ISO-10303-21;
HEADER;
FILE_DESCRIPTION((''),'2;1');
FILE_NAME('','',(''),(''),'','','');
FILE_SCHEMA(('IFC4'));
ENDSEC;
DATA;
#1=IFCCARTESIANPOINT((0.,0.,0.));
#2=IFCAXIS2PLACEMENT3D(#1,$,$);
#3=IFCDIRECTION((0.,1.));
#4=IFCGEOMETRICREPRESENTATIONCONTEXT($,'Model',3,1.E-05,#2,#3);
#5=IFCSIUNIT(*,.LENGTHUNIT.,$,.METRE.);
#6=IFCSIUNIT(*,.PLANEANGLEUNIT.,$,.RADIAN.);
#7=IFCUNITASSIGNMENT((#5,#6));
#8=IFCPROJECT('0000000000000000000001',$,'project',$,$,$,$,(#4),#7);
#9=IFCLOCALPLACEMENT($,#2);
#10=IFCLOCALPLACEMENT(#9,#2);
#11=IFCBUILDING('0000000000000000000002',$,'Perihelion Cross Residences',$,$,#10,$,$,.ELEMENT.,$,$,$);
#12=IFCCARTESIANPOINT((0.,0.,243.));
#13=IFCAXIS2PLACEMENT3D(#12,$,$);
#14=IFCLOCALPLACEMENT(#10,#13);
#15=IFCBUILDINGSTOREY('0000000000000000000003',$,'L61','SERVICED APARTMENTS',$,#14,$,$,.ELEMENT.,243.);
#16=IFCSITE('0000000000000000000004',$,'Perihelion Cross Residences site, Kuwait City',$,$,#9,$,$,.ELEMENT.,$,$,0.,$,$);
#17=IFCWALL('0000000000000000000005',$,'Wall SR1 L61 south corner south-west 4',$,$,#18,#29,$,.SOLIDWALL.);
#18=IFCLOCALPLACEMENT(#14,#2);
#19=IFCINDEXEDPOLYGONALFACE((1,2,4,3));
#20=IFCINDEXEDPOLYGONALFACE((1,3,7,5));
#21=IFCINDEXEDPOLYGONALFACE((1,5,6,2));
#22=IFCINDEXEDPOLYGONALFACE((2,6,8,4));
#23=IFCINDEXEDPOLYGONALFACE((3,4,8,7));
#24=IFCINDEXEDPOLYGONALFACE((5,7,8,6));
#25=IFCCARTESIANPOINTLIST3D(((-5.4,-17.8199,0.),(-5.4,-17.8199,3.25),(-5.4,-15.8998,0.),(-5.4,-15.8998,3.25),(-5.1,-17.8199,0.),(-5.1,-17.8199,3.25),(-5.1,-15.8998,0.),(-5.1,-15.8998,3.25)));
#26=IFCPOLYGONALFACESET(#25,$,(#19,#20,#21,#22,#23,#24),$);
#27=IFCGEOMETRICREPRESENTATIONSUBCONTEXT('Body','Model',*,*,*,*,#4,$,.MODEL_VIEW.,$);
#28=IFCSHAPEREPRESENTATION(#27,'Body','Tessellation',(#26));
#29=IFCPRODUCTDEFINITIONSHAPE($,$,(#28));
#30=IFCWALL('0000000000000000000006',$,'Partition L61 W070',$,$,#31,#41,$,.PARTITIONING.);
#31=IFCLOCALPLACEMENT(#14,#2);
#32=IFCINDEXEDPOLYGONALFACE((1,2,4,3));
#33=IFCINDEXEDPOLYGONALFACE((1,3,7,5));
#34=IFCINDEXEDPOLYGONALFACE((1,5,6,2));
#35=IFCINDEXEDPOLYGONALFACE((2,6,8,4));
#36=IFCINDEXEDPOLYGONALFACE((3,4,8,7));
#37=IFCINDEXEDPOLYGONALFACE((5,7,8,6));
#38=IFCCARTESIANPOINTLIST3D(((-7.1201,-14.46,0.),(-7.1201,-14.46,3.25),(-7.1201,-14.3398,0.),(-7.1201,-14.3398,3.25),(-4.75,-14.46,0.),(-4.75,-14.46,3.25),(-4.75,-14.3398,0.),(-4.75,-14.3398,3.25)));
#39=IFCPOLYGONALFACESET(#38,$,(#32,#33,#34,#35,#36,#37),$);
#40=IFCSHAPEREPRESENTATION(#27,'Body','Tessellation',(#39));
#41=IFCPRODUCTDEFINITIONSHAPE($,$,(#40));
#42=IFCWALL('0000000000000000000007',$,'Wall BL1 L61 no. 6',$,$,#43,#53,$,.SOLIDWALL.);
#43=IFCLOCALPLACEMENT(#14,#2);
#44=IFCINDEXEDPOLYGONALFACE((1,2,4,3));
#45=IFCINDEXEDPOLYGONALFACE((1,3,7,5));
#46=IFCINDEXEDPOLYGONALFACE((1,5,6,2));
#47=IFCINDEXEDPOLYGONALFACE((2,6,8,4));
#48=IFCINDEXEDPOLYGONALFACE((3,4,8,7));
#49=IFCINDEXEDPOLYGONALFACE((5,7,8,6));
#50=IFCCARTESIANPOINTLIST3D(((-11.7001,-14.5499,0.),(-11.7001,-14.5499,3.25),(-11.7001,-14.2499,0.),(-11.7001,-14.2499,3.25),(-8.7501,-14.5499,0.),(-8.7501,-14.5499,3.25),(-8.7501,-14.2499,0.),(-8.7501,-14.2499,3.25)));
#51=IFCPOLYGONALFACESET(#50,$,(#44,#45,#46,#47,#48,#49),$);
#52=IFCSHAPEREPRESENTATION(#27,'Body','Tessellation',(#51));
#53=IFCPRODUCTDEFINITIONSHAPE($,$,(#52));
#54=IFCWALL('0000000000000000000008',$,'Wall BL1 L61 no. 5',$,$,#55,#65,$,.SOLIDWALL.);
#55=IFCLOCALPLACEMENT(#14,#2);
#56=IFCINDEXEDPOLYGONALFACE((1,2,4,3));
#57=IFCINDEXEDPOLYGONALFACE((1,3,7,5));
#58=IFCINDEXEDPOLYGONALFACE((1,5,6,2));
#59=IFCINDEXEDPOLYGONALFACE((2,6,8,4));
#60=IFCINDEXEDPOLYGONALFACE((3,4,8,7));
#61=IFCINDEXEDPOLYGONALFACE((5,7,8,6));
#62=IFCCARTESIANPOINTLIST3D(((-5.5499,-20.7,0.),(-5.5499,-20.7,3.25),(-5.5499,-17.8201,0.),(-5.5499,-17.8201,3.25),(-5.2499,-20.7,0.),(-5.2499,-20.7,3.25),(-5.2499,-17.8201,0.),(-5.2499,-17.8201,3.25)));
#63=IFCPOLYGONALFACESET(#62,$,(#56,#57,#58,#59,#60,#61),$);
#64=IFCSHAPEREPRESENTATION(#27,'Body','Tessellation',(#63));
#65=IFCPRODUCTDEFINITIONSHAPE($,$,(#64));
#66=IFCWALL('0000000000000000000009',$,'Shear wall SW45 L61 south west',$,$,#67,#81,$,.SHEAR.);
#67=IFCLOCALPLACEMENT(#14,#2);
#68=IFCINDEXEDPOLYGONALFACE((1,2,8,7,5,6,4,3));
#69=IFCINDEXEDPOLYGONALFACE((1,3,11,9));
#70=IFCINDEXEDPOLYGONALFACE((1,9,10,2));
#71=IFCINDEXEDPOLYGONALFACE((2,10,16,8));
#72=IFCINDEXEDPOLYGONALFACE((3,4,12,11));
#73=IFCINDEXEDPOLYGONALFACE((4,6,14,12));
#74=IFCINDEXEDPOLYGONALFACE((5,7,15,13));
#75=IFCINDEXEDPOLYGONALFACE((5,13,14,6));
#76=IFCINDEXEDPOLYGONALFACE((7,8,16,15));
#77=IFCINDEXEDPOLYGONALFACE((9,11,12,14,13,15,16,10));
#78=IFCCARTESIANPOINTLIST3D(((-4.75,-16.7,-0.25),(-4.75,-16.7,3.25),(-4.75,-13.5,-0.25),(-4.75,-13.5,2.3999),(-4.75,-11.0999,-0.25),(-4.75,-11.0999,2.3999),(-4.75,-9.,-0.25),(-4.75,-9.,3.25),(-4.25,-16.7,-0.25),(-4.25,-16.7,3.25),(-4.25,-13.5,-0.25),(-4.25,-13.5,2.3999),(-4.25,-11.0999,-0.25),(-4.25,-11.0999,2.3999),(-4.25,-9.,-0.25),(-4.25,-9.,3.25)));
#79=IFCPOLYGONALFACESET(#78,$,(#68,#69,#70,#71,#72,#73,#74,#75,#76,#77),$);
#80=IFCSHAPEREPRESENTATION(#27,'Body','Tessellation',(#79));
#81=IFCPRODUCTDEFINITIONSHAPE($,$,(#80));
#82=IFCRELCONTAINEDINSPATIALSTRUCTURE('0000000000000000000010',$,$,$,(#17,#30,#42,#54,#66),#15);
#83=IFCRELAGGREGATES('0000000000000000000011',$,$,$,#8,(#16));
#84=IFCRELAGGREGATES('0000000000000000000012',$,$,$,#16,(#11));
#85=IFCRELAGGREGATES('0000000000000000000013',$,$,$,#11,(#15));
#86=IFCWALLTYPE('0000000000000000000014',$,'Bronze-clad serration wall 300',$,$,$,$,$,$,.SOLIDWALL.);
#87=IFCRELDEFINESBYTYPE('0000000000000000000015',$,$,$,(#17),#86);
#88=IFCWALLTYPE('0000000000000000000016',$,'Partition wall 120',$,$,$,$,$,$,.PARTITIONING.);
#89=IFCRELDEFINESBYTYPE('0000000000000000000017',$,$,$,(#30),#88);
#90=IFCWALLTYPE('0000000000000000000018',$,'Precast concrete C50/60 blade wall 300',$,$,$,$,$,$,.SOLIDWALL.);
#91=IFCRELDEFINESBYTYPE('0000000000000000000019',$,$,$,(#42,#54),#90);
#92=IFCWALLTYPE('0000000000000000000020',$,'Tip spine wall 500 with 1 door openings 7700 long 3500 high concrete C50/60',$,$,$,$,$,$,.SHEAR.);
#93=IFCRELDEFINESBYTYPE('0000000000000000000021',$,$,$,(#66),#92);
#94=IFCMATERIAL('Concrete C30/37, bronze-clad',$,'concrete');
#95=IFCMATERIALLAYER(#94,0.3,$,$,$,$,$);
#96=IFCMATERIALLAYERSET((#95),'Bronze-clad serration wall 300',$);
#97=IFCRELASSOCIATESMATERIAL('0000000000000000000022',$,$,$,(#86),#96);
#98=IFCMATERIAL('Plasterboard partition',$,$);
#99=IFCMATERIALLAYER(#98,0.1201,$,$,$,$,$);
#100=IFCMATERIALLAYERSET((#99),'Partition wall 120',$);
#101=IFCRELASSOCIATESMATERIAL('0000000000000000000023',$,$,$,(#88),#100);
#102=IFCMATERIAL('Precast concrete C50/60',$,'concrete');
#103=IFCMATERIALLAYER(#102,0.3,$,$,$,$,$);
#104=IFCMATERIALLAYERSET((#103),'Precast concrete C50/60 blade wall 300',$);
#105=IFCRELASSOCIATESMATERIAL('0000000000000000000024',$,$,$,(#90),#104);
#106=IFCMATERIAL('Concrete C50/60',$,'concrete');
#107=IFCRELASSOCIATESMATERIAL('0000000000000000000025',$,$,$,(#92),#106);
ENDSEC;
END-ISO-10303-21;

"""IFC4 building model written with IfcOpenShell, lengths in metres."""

from ifc_helpers import new_model, si_unit, direction, frame, frame_2d, origin, place, context, subcontext, project, spatial, polyline, rectangle, outline, extrude, material, layer, layer_set, material_profile, profile_set, type_object, element, save


model = new_model("IFC4")

# Units and contexts
model_context = context("Model", 3, precision=1e-05, world=origin(), true_north=direction((0.0, 1.0)))
body_context = subcontext(model_context, "Body", "Model", "MODEL_VIEW")
ifc_project = project(units=[si_unit("LENGTHUNIT", "METRE"), si_unit("PLANEANGLEUNIT", "RADIAN")], contexts=[model_context])

# Site, building, storey
site_placement = place(None, origin())
site = spatial("IfcSite", under=ifc_project, at=site_placement, Name="Perihelion Cross Residences site, Kuwait City", CompositionType="ELEMENT", RefElevation=0.0)
building_placement = place(site_placement, origin())
building = spatial("IfcBuilding", under=site, at=building_placement, Name="Perihelion Cross Residences", CompositionType="ELEMENT")
storey_placement = place(building_placement, frame((0.0, 0.0, 243.0)))
storey = spatial("IfcBuildingStorey", under=building, at=storey_placement, Name="L61", Description="SERVICED APARTMENTS", CompositionType="ELEMENT", Elevation=243.0)

# Walls
ifc_material_1 = material(Name="Concrete C30/37, bronze-clad", Category="concrete")
ifc_layer_1 = layer(ifc_material_1, 0.3)
ifc_layer_set_1 = layer_set([ifc_layer_1], Name="Bronze-clad serration wall 300")
wall_type_1 = type_object("IfcWallType", Name="Bronze-clad serration wall 300", PredefinedType="SOLIDWALL", material=ifc_layer_set_1)
wall_1_placement = place(storey_placement, frame((-5.25, -15.8999, 0.0), z_axis=(0.0, 0.0, 1.0), x_axis=(0.0, -1.0, 0.0)))
element("IfcWall", 1, at=wall_1_placement, inside=storey, type_object=wall_type_1, Name="Wall SR1 L61 south corner south-west 4", PredefinedType="SOLIDWALL", context=body_context, shape_type="SweptSolid", body=[
    extrude(rectangle(XDim=1.9202, YDim=0.3, at=frame_2d((0.96, 0.0))), origin(), (0.0, 0.0, 1.0), 3.25),
])
ifc_material_2 = material(Name="Plasterboard partition")
ifc_layer_2 = layer(ifc_material_2, 0.1201)
ifc_layer_set_2 = layer_set([ifc_layer_2], Name="Partition wall 120")
wall_type_2 = type_object("IfcWallType", Name="Partition wall 120", PredefinedType="PARTITIONING", material=ifc_layer_set_2)
wall_2_placement = place(storey_placement, frame((-4.75, -14.3999, 0.0), z_axis=(0.0, 0.0, 1.0), x_axis=(-1.0, 0.0, 0.0)))
element("IfcWall", 2, at=wall_2_placement, inside=storey, type_object=wall_type_2, Name="Partition L61 W070", PredefinedType="PARTITIONING", context=body_context, shape_type="SweptSolid", body=[
    extrude(rectangle(XDim=2.3701, YDim=0.1201, at=frame_2d((1.1851, 0.0))), origin(), (0.0, 0.0, 1.0), 3.25),
])
ifc_material_3 = material(Name="Precast concrete C50/60", Category="concrete")
ifc_layer_3 = layer(ifc_material_3, 0.3)
ifc_layer_set_3 = layer_set([ifc_layer_3], Name="Precast concrete C50/60 blade wall 300")
wall_type_3 = type_object("IfcWallType", Name="Precast concrete C50/60 blade wall 300", PredefinedType="SOLIDWALL", material=ifc_layer_set_3)
wall_3_placement = place(storey_placement, frame((-8.75, -14.3999, 0.0), z_axis=(0.0, 0.0, 1.0), x_axis=(-1.0, 0.0, 0.0)))
element("IfcWall", 3, at=wall_3_placement, inside=storey, type_object=wall_type_3, Name="Wall BL1 L61 no. 6", PredefinedType="SOLIDWALL", context=body_context, shape_type="SweptSolid", body=[
    extrude(rectangle(XDim=2.95, YDim=0.3, at=frame_2d((1.4751, 0.0))), origin(), (0.0, 0.0, 1.0), 3.25),
])
wall_4_placement = place(storey_placement, frame((-5.3999, -17.8201, 0.0), z_axis=(0.0, 0.0, 1.0), x_axis=(0.0, -1.0, 0.0)))
element("IfcWall", 4, at=wall_4_placement, inside=storey, type_object=wall_type_3, Name="Wall BL1 L61 no. 5", PredefinedType="SOLIDWALL", context=body_context, shape_type="SweptSolid", body=[
    extrude(rectangle(XDim=2.8799, YDim=0.3, at=frame_2d((1.4399, 0.0))), origin(), (0.0, 0.0, 1.0), 3.25),
])
ifc_material_4 = material(Name="Concrete C50/60", Category="concrete")
ifc_material_profile_1 = material_profile(ifc_material_4, outline(polyline([(0.0, 0.0), (3.2, 0.0), (3.2, 2.6499), (5.6001, 2.6499), (5.6001, 0.0), (7.7, 0.0), (7.7, 3.5), (0.0, 3.5), (0.0, 0.0)])), Name="Tip spine wall")
ifc_profile_set_1 = profile_set([ifc_material_profile_1], Name="Concrete C50/60")
wall_type_4 = type_object("IfcWallType", Name="Tip spine wall 500 with 1 door openings 7700 long 3500 high concrete C50/60", PredefinedType="SHEAR", material=ifc_profile_set_1)
wall_5_placement = place(storey_placement, frame((-4.75, -16.7, -0.25), z_axis=(1.0, 0.0, 0.0), x_axis=(0.0, 1.0, 0.0)))
element("IfcWall", 5, at=wall_5_placement, inside=storey, type_object=wall_type_4, Name="Shear wall SW45 L61 south west", PredefinedType="SHEAR", context=body_context, shape_type="SweptSolid", body=[
    extrude(outline(polyline([(0.0, 0.0), (3.2, 0.0), (3.2, 2.6499), (5.6001, 2.6499), (5.6001, 0.0), (7.7, 0.0), (7.7, 3.5), (0.0, 3.5), (0.0, 0.0)])), origin(), (0.0, 0.0, 1.0), 0.5),
])

save(model, "model.ifc")
